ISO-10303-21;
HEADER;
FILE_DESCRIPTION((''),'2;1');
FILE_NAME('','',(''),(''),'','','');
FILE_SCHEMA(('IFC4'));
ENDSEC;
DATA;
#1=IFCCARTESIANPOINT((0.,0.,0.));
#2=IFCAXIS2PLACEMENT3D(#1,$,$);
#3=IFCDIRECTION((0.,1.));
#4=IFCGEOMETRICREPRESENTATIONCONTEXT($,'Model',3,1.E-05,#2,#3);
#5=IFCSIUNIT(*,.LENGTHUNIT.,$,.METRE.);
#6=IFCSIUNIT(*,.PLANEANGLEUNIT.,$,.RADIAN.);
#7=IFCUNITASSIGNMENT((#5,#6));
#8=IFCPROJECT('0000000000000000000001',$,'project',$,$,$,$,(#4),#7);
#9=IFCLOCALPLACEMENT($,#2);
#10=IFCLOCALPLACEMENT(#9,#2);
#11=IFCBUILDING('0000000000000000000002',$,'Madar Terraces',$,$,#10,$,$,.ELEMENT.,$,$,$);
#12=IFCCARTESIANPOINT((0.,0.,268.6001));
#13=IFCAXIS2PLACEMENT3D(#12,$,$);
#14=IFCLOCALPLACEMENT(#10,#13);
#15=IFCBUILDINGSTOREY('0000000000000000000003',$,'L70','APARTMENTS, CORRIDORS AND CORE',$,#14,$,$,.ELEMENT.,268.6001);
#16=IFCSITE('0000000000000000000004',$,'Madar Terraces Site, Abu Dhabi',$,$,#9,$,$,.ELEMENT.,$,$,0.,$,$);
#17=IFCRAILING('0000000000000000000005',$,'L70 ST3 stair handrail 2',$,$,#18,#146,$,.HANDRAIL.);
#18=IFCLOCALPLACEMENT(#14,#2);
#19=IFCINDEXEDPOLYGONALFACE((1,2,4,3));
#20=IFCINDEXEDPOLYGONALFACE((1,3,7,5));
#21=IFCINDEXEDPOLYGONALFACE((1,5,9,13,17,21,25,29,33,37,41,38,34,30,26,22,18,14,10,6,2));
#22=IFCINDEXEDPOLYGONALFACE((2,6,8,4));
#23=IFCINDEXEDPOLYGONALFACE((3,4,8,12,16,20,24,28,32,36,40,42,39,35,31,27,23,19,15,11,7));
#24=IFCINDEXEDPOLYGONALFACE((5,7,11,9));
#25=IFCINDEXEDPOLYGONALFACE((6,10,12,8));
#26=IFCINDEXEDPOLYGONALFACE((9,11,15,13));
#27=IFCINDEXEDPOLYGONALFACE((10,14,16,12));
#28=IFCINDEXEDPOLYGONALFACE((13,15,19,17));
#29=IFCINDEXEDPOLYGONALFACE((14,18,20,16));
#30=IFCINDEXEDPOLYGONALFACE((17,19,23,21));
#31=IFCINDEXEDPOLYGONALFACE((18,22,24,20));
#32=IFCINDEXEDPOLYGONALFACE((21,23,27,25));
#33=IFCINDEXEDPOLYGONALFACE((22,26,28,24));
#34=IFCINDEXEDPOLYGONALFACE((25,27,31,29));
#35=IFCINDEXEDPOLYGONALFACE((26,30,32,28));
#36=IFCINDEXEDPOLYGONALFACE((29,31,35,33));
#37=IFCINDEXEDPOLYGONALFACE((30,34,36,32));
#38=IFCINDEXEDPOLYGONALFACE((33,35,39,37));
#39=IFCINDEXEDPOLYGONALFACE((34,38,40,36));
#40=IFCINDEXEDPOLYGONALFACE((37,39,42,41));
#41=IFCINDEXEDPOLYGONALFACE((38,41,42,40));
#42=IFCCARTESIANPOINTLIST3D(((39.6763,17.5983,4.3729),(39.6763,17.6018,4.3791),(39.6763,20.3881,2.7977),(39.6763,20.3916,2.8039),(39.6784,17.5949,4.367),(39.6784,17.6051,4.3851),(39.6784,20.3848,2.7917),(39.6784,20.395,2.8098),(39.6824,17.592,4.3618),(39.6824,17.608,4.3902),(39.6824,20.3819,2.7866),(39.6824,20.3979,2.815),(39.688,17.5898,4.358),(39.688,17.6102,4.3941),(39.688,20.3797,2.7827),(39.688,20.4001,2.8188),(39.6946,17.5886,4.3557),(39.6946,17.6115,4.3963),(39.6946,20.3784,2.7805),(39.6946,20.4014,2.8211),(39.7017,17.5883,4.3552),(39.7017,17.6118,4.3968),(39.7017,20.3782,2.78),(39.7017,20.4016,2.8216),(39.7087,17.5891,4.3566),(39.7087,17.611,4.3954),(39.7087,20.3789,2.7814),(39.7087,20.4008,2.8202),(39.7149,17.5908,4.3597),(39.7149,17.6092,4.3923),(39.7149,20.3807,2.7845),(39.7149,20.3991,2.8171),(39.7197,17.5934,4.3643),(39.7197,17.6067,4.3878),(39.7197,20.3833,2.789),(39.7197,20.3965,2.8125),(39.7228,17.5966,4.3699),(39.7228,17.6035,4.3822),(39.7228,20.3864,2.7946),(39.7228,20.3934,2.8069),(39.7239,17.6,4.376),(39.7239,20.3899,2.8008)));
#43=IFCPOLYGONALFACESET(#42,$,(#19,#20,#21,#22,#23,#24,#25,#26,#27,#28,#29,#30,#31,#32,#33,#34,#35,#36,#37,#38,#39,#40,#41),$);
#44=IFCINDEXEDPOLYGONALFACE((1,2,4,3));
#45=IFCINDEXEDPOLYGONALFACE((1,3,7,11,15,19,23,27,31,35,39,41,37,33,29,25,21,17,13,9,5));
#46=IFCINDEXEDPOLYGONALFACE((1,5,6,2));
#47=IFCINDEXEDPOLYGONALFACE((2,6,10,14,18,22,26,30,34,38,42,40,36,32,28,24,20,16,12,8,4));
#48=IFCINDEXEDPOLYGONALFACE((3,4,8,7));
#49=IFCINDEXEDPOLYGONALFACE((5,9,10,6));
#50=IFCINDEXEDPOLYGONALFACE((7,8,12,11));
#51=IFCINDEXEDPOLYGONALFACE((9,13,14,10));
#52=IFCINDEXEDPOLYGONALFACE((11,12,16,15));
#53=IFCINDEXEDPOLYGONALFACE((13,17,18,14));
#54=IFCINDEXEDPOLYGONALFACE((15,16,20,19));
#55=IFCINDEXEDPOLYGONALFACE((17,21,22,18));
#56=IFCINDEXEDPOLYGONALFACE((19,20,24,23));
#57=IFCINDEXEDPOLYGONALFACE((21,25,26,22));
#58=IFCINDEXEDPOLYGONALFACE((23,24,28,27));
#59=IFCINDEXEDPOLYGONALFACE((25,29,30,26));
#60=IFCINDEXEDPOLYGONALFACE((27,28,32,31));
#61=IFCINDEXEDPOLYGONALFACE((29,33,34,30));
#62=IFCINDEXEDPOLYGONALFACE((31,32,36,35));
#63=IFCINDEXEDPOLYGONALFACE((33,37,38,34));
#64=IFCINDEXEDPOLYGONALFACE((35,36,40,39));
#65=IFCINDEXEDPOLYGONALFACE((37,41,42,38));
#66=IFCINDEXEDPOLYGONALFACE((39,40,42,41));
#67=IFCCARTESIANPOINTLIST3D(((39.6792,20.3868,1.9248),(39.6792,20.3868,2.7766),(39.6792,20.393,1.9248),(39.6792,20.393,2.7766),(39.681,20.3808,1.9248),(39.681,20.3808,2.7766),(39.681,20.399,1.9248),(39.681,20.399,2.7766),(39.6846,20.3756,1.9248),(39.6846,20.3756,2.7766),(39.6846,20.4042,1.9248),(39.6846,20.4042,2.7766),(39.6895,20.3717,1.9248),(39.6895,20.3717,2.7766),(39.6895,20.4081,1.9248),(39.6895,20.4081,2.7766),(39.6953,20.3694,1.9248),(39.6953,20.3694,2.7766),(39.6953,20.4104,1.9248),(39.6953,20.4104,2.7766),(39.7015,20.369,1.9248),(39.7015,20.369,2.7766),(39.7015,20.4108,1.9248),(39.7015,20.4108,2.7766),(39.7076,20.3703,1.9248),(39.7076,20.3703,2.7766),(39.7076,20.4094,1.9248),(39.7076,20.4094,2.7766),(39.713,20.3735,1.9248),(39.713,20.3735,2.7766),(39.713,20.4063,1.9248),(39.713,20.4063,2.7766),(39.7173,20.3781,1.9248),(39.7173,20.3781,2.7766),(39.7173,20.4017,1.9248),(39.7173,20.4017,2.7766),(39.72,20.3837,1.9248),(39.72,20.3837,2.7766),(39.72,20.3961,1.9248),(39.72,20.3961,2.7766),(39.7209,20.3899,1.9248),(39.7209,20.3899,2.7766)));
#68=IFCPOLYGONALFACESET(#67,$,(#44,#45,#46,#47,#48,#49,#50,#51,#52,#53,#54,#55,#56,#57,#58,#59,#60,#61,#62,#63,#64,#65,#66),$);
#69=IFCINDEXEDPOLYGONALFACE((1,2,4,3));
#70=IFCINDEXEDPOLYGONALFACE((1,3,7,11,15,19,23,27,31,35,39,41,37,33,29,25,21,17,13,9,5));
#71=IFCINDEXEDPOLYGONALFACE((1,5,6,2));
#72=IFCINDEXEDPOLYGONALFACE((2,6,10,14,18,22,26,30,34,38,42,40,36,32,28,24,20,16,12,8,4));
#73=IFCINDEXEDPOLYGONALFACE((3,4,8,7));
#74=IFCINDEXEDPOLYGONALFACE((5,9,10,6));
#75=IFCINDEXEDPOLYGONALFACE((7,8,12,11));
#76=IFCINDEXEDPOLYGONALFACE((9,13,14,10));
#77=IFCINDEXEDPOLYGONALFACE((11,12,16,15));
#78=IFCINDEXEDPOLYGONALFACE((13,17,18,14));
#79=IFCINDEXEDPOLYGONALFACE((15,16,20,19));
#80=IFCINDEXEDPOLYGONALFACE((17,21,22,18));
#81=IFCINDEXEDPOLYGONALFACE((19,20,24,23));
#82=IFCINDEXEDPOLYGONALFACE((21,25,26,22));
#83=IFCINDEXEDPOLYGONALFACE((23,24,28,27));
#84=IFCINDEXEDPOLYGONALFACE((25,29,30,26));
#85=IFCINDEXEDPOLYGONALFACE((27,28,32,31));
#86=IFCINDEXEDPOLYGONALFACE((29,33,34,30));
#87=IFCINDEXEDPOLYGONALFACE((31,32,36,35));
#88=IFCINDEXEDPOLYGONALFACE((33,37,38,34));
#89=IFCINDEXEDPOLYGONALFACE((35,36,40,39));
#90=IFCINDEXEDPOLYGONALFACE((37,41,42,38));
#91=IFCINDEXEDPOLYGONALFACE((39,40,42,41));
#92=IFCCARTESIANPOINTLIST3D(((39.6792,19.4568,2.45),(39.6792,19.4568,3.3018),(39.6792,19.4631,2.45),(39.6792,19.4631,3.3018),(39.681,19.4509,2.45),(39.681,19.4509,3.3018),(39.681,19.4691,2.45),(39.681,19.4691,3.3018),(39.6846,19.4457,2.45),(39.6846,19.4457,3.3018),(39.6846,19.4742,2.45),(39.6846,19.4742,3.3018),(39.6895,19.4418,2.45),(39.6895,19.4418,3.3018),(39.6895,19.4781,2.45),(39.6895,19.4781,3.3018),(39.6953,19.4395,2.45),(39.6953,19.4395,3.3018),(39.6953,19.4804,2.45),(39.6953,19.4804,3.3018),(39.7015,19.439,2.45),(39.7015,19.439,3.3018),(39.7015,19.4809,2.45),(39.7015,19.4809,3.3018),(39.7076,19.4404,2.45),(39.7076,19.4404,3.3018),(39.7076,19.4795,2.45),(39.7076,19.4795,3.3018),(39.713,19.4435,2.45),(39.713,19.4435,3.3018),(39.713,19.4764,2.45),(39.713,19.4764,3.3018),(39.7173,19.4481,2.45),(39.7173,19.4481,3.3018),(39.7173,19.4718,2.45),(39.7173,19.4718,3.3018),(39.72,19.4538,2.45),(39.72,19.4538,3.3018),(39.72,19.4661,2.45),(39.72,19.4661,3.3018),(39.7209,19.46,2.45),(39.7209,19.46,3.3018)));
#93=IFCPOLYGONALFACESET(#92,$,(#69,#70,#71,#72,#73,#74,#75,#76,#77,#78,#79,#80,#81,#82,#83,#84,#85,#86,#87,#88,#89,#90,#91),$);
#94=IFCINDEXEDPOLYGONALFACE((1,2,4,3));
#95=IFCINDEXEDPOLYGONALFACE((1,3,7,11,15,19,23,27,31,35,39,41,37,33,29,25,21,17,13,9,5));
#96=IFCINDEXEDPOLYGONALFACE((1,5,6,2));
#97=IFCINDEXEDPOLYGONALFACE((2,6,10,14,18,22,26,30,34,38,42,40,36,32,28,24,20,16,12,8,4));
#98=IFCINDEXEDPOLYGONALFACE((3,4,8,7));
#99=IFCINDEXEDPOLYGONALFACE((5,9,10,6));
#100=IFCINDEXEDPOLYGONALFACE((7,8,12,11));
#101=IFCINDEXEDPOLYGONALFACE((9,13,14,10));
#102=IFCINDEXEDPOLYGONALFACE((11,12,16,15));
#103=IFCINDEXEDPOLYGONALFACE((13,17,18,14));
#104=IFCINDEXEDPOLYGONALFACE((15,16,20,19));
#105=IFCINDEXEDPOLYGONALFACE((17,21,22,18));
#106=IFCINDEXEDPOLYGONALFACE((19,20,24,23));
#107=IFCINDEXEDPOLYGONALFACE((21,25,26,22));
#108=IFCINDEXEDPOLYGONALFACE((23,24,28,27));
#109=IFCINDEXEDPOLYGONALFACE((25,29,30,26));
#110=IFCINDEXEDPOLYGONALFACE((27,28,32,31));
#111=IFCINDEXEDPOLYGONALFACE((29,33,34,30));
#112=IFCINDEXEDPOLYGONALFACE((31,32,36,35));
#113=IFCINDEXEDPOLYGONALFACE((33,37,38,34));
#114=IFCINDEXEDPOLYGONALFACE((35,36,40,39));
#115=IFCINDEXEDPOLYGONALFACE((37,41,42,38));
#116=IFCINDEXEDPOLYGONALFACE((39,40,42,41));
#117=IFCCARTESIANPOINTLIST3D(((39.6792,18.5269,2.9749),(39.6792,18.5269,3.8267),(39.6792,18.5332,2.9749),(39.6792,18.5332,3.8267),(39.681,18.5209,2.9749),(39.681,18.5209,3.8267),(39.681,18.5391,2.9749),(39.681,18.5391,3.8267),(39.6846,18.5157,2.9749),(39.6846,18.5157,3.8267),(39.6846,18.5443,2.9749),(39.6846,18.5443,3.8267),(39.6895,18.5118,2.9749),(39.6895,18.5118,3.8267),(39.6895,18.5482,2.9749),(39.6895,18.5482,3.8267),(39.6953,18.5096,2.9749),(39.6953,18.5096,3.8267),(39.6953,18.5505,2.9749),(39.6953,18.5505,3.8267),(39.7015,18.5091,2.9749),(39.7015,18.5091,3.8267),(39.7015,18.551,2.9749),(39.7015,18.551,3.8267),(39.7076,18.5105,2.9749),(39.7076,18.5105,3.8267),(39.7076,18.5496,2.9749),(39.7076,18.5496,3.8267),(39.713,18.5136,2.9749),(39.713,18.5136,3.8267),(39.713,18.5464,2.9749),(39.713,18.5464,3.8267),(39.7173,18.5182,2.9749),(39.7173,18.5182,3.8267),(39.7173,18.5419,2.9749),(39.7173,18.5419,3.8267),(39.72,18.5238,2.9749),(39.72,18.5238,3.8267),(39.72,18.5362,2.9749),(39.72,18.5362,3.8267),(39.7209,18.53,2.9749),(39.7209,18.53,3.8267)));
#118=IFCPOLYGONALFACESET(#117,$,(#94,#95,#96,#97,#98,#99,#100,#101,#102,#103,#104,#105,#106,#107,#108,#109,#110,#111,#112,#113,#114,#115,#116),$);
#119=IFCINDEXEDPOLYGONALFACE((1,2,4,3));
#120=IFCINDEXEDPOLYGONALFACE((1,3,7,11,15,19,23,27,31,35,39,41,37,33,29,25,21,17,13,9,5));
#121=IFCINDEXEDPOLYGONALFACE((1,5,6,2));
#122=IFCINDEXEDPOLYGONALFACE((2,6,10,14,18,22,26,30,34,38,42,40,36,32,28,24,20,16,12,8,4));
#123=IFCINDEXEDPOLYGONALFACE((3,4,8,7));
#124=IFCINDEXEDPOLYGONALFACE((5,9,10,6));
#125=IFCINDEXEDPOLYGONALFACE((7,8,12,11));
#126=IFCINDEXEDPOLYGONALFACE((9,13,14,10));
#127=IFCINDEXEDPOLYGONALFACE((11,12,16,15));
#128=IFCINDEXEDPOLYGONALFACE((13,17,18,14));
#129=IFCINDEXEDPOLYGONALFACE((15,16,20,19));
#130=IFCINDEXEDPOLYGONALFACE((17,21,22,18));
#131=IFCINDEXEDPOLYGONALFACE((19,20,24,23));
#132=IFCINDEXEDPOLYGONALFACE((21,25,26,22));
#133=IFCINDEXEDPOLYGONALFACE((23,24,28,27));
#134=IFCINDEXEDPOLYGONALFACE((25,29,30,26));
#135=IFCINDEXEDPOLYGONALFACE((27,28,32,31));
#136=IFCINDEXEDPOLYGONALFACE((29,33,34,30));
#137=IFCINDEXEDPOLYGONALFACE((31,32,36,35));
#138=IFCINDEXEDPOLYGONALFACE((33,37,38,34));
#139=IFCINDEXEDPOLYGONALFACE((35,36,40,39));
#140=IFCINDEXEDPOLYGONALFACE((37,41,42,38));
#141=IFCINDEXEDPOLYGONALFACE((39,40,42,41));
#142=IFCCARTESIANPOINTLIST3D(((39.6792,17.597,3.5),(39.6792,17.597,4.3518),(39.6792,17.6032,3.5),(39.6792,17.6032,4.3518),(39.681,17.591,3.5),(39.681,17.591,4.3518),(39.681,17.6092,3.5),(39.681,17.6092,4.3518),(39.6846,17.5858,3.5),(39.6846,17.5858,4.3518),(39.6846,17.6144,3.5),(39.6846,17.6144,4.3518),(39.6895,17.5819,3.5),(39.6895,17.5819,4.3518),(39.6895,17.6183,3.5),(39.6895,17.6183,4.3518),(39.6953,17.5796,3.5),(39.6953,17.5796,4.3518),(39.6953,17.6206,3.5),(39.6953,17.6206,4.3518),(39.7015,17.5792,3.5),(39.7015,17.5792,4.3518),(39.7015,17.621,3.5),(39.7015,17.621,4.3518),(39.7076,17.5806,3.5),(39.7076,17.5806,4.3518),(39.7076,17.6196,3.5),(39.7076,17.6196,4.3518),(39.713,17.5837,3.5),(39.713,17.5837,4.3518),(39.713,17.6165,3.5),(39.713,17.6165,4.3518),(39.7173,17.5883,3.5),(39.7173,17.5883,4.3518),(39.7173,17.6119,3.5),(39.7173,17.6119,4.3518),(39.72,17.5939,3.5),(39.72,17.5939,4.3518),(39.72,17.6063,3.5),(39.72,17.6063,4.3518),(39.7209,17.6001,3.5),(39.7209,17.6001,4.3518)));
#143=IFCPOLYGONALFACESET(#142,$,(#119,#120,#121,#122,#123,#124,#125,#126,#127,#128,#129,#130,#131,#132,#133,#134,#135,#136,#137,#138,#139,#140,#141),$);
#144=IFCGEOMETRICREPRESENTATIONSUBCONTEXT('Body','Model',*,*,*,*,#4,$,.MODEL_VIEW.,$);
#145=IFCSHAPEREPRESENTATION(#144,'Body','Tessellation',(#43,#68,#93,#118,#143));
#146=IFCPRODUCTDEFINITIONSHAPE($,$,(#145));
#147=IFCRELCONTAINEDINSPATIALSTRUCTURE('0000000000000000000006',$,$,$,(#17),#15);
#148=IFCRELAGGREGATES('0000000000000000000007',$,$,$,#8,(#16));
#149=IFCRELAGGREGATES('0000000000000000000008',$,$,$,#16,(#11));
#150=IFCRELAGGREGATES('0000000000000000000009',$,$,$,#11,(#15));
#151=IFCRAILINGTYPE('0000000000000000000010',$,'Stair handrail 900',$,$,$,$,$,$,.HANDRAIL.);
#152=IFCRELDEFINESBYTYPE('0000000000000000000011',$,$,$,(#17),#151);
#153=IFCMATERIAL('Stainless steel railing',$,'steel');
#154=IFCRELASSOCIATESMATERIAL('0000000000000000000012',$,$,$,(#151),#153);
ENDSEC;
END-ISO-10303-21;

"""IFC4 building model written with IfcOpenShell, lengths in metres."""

from ifc_helpers import new_model, si_unit, direction, frame, origin, origin_2d, place, context, subcontext, project, spatial, circle, extrude, material, type_object, element, save


model = new_model("IFC4")

# Units and contexts
model_context = context("Model", 3, precision=1e-05, world=origin(), true_north=direction((0.0, 1.0)))
body_context = subcontext(model_context, "Body", "Model", "MODEL_VIEW")
ifc_project = project(units=[si_unit("LENGTHUNIT", "METRE"), si_unit("PLANEANGLEUNIT", "RADIAN")], contexts=[model_context])

# Site, building, storey
site_placement = place(None, origin())
site = spatial("IfcSite", under=ifc_project, at=site_placement, Name="Madar Terraces Site, Abu Dhabi", CompositionType="ELEMENT", RefElevation=0.0)
building_placement = place(site_placement, origin())
building = spatial("IfcBuilding", under=site, at=building_placement, Name="Madar Terraces", CompositionType="ELEMENT")
storey_placement = place(building_placement, frame((0.0, 0.0, 268.6001)))
storey = spatial("IfcBuildingStorey", under=building, at=storey_placement, Name="L70", Description="APARTMENTS, CORRIDORS AND CORE", CompositionType="ELEMENT", Elevation=268.6001)

# Railing
ifc_material_1 = material(Name="Stainless steel railing", Category="steel")
railing_type_1 = type_object("IfcRailingType", Name="Stair handrail 900", PredefinedType="HANDRAIL", material=ifc_material_1)
railing_1_placement = place(storey_placement, frame((39.7, 20.3899, 1.9248)))
element("IfcRailing", 1, at=railing_1_placement, inside=storey, type_object=railing_type_1, Name="L70 ST3 stair handrail 2", PredefinedType="HANDRAIL", context=body_context, shape_type="SweptSolid", body=[
    extrude(circle(Radius=0.0239, at=origin_2d()), frame((0.0, 0.0, 0.876), z_axis=(0.0, -0.870783, 0.491668), x_axis=(1.0, 0.0, 0.0)), (0.0, 0.0, 1.0), 3.2039),
    extrude(circle(Radius=0.021, at=origin_2d()), origin(), (0.0, 0.0, 1.0), 0.8518),
    extrude(circle(Radius=0.021, at=origin_2d()), frame((0.0, -0.9299, 0.5251)), (0.0, 0.0, 1.0), 0.8518),
    extrude(circle(Radius=0.021, at=origin_2d()), frame((0.0, -1.8599, 1.05)), (0.0, 0.0, 1.0), 0.8518),
    extrude(circle(Radius=0.021, at=origin_2d()), frame((0.0, -2.7898, 1.5752)), (0.0, 0.0, 1.0), 0.8518),
])

save(model, "model.ifc")
